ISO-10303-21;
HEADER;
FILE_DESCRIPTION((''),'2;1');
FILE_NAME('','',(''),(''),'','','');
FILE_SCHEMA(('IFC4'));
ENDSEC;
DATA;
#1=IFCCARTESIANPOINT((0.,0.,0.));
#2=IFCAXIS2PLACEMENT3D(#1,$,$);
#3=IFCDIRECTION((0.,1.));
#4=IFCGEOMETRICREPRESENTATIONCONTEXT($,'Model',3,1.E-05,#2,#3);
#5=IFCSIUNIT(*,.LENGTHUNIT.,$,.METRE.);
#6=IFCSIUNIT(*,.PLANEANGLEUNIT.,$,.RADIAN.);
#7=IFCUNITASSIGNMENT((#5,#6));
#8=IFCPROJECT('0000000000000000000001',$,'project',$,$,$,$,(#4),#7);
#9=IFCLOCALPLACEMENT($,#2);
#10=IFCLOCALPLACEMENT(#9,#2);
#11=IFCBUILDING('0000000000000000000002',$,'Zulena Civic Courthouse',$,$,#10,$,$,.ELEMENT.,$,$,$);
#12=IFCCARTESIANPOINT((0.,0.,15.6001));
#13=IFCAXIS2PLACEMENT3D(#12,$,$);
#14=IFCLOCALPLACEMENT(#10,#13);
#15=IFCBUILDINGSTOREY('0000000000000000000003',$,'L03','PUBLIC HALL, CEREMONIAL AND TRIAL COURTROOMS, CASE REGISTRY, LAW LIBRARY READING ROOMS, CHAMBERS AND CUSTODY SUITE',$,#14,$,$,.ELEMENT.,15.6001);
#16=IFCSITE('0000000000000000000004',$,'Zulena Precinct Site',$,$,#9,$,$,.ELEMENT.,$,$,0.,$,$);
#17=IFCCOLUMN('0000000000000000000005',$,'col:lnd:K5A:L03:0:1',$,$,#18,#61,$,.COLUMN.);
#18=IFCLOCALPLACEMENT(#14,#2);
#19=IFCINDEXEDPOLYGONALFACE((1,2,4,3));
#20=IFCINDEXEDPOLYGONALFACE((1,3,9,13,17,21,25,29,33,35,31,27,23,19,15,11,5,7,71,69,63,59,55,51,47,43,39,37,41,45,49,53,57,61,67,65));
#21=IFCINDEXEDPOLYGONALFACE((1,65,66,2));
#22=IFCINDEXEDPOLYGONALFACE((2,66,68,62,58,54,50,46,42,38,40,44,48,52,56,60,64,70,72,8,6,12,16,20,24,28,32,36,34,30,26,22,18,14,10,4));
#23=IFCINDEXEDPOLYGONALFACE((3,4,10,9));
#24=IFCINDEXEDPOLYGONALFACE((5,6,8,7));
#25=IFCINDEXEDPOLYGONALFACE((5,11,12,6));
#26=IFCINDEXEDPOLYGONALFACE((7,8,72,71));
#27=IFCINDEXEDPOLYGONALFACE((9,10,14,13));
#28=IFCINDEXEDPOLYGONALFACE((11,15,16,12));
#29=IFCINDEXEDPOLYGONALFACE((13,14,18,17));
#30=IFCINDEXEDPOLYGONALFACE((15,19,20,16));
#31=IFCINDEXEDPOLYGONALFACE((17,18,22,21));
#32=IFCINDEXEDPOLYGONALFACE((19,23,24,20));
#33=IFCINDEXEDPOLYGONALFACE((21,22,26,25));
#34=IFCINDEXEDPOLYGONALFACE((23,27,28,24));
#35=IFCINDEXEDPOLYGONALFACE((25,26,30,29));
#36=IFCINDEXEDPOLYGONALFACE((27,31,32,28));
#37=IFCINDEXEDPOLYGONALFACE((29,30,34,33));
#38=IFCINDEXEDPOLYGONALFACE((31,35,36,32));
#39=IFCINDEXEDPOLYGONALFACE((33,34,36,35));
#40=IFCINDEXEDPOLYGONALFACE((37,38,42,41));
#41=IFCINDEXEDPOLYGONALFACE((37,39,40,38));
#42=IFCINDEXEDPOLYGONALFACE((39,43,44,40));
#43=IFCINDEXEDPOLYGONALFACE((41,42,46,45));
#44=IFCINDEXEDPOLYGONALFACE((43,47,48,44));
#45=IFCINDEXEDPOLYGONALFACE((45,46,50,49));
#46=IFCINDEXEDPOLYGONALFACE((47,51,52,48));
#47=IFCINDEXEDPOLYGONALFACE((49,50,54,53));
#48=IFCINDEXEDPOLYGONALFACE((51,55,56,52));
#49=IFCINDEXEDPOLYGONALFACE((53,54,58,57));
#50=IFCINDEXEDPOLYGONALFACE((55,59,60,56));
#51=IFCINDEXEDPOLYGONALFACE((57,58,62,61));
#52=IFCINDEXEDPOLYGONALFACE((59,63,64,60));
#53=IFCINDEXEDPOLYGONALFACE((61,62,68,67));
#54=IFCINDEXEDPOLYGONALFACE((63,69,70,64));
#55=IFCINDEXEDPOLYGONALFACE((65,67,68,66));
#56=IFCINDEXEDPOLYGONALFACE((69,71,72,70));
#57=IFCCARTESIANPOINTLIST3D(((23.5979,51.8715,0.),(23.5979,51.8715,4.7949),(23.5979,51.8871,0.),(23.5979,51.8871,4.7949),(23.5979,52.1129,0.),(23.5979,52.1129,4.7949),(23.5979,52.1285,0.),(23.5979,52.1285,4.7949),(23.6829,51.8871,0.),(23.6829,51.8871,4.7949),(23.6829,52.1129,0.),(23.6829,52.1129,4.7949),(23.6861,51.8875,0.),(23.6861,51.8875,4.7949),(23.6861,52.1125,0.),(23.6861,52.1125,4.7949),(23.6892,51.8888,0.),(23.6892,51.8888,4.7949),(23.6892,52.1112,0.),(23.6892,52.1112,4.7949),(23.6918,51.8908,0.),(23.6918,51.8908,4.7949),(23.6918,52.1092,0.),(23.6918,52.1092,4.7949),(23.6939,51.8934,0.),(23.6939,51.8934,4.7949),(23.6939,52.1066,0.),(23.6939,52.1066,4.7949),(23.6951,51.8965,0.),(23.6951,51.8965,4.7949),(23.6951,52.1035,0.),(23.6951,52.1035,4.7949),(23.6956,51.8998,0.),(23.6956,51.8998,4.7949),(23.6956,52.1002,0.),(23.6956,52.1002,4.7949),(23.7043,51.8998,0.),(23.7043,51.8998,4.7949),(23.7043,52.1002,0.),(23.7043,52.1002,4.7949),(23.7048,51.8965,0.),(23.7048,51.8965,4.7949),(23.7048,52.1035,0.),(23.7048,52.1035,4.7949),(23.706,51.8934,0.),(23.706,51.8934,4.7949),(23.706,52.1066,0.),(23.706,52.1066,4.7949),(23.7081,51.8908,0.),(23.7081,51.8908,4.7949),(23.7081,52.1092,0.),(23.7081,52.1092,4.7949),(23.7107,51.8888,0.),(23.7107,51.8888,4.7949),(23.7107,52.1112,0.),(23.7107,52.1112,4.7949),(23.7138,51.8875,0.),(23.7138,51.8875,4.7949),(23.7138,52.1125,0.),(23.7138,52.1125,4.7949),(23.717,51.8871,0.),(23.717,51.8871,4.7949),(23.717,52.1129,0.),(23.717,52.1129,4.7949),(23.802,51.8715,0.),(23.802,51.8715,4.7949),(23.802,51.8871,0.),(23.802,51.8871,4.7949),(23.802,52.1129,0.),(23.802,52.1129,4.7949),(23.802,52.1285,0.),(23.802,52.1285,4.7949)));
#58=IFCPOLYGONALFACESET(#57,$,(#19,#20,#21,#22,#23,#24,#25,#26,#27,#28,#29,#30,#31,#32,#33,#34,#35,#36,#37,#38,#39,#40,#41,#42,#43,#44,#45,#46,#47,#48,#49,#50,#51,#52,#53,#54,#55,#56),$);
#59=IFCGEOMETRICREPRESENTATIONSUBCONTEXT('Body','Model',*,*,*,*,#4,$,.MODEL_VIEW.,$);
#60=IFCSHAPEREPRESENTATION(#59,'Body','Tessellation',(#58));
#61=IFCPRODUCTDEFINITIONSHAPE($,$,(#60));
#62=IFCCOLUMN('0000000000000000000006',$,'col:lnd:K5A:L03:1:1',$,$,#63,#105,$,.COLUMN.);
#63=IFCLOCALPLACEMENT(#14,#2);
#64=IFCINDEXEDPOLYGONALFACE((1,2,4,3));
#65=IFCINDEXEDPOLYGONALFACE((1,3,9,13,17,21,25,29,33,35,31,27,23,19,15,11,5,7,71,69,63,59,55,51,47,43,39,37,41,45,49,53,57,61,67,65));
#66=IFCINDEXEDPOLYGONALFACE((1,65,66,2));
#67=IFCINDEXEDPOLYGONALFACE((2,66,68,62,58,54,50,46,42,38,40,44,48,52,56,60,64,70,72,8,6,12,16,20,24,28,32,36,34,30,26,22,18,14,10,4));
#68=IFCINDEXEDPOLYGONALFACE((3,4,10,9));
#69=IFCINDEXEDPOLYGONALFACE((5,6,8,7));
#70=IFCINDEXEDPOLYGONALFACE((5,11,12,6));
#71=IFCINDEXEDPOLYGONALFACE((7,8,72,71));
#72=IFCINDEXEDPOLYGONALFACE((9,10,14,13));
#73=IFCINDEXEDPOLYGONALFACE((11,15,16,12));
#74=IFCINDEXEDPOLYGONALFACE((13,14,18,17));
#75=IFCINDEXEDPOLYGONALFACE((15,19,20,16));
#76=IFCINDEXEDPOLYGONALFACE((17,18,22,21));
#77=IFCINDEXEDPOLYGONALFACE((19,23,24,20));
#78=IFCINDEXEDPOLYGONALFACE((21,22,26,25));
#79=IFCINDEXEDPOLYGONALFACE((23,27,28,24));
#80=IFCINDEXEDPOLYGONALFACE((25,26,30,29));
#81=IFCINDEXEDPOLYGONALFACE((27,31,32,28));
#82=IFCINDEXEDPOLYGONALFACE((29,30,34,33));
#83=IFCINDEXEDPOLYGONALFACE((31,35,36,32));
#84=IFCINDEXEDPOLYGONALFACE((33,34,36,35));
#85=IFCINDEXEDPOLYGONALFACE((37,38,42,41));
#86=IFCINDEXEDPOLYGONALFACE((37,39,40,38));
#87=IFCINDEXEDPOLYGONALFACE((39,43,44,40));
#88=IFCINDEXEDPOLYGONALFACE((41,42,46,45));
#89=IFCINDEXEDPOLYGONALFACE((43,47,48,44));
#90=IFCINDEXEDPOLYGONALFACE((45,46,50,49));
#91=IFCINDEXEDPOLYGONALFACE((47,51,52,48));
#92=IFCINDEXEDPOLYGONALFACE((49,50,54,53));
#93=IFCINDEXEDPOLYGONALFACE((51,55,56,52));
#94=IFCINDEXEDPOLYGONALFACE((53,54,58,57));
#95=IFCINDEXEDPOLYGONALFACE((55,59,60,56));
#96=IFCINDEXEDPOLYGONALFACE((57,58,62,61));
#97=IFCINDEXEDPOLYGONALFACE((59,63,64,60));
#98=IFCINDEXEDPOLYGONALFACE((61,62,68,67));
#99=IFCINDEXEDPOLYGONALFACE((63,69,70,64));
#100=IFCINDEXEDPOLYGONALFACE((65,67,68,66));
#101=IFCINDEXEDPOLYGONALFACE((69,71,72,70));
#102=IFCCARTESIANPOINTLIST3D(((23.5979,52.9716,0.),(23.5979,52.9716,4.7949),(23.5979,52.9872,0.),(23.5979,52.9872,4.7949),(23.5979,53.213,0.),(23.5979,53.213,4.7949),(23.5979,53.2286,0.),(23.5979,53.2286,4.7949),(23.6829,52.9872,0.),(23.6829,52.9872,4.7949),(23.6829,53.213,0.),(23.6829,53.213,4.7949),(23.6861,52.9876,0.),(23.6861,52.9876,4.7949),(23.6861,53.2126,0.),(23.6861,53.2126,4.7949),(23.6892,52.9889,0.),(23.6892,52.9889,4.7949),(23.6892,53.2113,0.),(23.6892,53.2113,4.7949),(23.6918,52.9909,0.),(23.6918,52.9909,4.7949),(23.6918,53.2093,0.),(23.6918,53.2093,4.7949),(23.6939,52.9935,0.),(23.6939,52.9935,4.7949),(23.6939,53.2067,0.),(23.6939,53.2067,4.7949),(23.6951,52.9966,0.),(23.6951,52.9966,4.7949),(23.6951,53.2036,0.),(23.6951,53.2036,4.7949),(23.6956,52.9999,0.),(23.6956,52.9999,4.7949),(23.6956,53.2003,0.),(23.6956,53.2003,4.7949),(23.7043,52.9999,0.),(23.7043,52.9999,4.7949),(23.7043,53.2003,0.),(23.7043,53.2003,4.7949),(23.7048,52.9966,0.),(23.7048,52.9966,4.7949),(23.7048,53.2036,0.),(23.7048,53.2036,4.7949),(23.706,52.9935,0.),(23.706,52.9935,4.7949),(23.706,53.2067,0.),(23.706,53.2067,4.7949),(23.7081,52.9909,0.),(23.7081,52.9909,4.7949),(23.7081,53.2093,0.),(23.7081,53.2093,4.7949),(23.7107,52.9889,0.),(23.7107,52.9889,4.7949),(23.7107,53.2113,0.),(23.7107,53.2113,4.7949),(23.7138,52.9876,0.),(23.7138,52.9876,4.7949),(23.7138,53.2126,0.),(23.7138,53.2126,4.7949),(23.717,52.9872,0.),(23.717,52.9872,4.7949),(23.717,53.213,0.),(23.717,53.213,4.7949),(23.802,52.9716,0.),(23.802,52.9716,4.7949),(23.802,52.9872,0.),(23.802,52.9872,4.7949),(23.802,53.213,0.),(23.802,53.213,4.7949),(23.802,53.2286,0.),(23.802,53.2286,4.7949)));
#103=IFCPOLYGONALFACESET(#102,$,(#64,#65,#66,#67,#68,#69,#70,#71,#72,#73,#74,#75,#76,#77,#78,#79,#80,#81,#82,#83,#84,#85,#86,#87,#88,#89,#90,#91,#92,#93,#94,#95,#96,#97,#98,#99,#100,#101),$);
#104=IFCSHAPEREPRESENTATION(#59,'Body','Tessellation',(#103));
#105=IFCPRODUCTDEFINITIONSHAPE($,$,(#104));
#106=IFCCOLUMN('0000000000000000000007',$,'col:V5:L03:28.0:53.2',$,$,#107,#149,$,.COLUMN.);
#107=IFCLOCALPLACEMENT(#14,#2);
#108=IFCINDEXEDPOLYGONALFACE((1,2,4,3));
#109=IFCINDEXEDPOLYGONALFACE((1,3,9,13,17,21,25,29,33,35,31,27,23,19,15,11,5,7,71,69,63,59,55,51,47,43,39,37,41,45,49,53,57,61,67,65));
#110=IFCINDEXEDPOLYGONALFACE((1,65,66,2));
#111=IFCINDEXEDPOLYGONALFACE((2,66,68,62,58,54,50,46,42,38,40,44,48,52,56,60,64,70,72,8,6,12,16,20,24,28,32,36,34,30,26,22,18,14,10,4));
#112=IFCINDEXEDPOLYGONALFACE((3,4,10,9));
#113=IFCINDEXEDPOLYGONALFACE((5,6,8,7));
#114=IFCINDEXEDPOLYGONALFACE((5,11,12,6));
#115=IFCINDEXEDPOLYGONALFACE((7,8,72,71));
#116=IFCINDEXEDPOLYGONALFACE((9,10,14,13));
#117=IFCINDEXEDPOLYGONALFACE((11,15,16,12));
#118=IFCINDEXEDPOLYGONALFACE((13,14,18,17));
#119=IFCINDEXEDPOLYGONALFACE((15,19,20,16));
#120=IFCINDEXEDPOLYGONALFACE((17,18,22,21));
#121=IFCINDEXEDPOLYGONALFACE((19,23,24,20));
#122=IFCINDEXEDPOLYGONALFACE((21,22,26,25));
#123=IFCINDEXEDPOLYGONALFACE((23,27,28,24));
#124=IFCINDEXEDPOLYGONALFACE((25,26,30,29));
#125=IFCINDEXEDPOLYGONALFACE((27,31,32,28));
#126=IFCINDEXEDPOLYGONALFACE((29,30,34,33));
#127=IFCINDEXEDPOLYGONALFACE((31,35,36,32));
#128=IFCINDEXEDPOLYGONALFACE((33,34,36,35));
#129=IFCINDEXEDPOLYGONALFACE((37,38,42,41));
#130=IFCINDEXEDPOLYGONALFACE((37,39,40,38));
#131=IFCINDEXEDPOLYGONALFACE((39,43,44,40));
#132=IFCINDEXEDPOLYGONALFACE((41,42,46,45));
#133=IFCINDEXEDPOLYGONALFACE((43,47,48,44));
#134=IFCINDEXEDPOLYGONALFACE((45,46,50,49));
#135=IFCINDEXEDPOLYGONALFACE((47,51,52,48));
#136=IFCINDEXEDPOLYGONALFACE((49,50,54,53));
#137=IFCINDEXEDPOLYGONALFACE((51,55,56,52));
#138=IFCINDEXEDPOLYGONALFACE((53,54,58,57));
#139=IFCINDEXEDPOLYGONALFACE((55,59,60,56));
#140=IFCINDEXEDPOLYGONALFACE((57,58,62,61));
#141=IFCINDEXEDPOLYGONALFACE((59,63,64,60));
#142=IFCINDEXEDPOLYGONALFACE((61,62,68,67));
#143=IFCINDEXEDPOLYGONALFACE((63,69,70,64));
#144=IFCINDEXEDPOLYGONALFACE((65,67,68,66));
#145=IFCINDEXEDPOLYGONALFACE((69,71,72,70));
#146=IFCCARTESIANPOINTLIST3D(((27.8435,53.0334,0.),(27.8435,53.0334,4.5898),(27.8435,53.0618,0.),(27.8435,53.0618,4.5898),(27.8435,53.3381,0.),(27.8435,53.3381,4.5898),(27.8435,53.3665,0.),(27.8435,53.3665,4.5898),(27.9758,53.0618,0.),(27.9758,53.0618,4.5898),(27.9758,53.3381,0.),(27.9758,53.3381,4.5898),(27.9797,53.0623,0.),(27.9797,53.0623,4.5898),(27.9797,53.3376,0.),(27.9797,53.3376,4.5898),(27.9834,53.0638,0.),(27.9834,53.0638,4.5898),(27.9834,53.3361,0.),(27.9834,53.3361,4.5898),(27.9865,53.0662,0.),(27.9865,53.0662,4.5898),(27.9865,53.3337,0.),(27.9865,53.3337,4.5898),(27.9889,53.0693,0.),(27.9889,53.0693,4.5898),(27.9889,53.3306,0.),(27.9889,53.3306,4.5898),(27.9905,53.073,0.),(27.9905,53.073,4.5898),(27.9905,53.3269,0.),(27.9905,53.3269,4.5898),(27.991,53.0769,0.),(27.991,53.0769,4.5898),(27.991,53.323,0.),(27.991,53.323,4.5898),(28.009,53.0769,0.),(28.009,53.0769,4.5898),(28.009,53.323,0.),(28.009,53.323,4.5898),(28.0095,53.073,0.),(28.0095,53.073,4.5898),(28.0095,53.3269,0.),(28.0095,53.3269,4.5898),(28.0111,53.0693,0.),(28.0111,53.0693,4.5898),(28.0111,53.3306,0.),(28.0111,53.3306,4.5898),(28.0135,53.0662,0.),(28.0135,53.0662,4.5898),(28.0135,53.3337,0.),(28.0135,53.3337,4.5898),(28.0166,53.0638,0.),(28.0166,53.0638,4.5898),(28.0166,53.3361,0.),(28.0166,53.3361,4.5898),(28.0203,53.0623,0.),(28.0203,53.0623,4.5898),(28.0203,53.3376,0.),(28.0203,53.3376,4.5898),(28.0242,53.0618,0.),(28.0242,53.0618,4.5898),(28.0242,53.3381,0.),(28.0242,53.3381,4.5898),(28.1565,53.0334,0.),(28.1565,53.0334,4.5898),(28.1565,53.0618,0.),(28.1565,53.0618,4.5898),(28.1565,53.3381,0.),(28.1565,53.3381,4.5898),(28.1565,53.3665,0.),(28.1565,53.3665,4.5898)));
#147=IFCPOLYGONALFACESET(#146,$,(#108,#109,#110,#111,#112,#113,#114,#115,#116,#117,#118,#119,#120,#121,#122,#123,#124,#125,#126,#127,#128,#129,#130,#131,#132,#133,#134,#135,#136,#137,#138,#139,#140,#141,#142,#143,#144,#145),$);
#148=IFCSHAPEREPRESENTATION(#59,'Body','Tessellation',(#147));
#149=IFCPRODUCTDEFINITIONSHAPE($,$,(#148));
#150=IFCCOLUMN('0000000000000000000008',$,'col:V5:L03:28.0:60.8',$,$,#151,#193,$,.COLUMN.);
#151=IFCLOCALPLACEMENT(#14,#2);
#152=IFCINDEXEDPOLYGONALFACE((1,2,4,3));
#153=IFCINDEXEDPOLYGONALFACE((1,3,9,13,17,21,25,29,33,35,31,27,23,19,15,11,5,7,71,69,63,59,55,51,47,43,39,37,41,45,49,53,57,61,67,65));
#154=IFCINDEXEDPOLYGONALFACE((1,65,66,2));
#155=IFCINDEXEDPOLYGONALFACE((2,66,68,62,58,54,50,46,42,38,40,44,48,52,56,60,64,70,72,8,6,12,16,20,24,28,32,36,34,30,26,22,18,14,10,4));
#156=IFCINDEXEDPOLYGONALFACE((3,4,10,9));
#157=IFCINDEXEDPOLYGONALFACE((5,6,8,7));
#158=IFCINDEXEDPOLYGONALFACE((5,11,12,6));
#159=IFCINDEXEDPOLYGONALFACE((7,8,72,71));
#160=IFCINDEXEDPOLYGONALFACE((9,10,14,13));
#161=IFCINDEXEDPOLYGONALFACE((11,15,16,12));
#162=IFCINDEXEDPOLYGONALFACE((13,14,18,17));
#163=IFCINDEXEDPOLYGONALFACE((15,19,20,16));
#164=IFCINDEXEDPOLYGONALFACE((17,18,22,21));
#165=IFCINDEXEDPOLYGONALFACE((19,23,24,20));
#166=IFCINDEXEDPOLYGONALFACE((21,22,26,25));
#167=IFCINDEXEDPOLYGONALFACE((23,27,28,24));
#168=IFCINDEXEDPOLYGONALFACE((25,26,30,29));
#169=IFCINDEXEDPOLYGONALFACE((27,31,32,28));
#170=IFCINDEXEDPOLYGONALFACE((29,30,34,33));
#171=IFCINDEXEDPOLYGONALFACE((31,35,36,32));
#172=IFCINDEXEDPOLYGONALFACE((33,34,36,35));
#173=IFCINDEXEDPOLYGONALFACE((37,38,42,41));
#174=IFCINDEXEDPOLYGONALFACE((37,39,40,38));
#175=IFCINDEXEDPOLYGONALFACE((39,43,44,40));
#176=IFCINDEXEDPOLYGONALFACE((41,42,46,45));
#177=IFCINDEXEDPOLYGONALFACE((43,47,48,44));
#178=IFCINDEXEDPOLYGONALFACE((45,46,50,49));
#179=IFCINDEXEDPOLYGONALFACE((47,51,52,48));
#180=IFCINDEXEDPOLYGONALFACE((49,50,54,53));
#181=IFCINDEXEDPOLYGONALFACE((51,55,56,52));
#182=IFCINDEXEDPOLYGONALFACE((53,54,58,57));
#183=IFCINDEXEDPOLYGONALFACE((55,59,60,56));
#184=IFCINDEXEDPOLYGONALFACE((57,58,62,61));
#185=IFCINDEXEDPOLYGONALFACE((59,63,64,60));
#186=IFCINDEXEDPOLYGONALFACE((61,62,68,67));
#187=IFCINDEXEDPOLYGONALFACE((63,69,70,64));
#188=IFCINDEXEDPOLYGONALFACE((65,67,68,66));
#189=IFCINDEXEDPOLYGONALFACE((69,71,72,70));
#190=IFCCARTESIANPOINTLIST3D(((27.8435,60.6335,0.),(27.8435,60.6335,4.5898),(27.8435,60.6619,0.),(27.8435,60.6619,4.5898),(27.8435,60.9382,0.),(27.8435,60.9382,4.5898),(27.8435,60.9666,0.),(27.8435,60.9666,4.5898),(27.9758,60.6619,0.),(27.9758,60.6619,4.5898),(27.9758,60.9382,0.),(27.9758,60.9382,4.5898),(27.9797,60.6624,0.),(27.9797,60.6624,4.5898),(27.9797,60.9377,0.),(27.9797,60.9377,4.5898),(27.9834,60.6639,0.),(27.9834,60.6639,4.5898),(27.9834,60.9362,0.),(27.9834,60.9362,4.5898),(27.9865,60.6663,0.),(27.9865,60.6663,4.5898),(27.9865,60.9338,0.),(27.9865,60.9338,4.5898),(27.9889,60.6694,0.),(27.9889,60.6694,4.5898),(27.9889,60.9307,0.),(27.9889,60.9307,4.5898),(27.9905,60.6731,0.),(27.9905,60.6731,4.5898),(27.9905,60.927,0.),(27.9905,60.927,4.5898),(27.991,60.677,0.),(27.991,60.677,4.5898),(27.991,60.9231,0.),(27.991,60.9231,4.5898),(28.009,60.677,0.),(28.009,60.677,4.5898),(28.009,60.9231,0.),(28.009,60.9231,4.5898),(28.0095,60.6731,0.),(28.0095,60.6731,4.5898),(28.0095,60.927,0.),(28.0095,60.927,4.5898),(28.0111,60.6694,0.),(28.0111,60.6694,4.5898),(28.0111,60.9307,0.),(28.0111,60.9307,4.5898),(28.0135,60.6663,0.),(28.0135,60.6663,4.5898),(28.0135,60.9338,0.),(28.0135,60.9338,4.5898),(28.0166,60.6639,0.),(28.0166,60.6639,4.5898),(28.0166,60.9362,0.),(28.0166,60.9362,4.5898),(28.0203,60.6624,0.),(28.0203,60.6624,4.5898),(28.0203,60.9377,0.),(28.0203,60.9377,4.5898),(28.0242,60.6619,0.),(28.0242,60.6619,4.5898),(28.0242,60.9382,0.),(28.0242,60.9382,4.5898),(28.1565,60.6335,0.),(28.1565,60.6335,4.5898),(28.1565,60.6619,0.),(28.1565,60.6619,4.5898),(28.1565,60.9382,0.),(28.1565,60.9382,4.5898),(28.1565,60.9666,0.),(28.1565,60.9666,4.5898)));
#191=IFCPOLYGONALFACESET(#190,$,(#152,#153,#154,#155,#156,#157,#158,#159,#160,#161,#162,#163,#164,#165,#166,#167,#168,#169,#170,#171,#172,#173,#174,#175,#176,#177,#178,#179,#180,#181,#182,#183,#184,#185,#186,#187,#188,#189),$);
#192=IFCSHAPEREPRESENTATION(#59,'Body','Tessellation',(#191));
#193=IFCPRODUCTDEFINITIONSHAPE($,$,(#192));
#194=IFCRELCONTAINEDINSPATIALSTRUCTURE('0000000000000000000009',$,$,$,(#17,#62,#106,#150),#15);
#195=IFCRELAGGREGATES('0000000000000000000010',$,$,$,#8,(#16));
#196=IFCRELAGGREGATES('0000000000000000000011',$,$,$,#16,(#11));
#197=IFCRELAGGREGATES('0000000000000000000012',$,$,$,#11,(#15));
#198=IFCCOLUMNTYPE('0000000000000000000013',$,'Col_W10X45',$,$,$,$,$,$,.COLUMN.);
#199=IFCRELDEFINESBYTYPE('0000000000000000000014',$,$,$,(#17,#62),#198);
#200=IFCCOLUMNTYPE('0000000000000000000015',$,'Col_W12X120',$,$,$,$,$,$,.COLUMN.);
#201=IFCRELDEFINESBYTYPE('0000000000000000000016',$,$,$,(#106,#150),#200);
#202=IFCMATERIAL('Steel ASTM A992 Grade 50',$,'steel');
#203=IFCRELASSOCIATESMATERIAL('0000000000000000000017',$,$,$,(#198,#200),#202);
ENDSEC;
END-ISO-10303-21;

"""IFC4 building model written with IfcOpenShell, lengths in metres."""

from ifc_helpers import new_model, si_unit, direction, frame, origin, origin_2d, place, context, subcontext, project, spatial, i_section, extrude, material, material_profile, profile_set, type_object, element, save


model = new_model("IFC4")

# Units and contexts
model_context = context("Model", 3, precision=1e-05, world=origin(), true_north=direction((0.0, 1.0)))
body_context = subcontext(model_context, "Body", "Model", "MODEL_VIEW")
ifc_project = project(units=[si_unit("LENGTHUNIT", "METRE"), si_unit("PLANEANGLEUNIT", "RADIAN")], contexts=[model_context])

# Site, building, storey
site_placement = place(None, origin())
site = spatial("IfcSite", under=ifc_project, at=site_placement, Name="Zulena Precinct Site", CompositionType="ELEMENT", RefElevation=0.0)
building_placement = place(site_placement, origin())
building = spatial("IfcBuilding", under=site, at=building_placement, Name="Zulena Civic Courthouse", CompositionType="ELEMENT")
storey_placement = place(building_placement, frame((0.0, 0.0, 15.6001)))
storey = spatial("IfcBuildingStorey", under=building, at=storey_placement, Name="L03", Description="PUBLIC HALL, CEREMONIAL AND TRIAL COURTROOMS, CASE REGISTRY, LAW LIBRARY READING ROOMS, CHAMBERS AND CUSTODY SUITE", CompositionType="ELEMENT", Elevation=15.6001)

# Columns
ifc_material_1 = material(Name="Steel ASTM A992 Grade 50", Category="steel")
ifc_material_profile_1 = material_profile(ifc_material_1, i_section(OverallWidth=0.2041, OverallDepth=0.2571, WebThickness=0.0088, FlangeThickness=0.0156, FilletRadius=0.0127, at=origin_2d()), Name="W10X45")
ifc_profile_set_1 = profile_set([ifc_material_profile_1], Name="Steel ASTM A992 Grade 50")
column_type_1 = type_object("IfcColumnType", Name="Col_W10X45", PredefinedType="COLUMN", material=ifc_profile_set_1)
for number, where, z_axis, x_axis, name in (
    (1, (23.7, 52.0, 0.0), (0.0, 0.0, 1.0), (1.0, 0.0, 0.0), "col:lnd:K5A:L03:0:1"),
    (2, (23.7, 53.1001, 0.0), (0.0, 0.0, 1.0), (1.0, 0.0, 0.0), "col:lnd:K5A:L03:1:1"),
):
    element("IfcColumn", number, at=place(storey_placement, frame(where, z_axis=z_axis, x_axis=x_axis)), inside=storey, type_object=column_type_1, Name=name, PredefinedType="COLUMN", context=body_context, shape_type="SweptSolid", body=[
        extrude(i_section(OverallWidth=0.2041, OverallDepth=0.2571, WebThickness=0.0088, FlangeThickness=0.0156, FilletRadius=0.0127, at=origin_2d()), origin(), (0.0, 0.0, 1.0), 4.7949),
    ])
ifc_material_profile_2 = material_profile(ifc_material_1, i_section(OverallWidth=0.313, OverallDepth=0.333, WebThickness=0.0181, FlangeThickness=0.0283, FilletRadius=0.0151, at=origin_2d()), Name="W12X120")
ifc_profile_set_2 = profile_set([ifc_material_profile_2], Name="Steel ASTM A992 Grade 50")
column_type_2 = type_object("IfcColumnType", Name="Col_W12X120", PredefinedType="COLUMN", material=ifc_profile_set_2)
for number, where, z_axis, x_axis, name in (
    (3, (28.0, 53.2, 0.0), (0.0, 0.0, 1.0), (1.0, 0.0, 0.0), "col:V5:L03:28.0:53.2"),
    (4, (28.0, 60.8, 0.0), (0.0, 0.0, 1.0), (1.0, 0.0, 0.0), "col:V5:L03:28.0:60.8"),
):
    element("IfcColumn", number, at=place(storey_placement, frame(where, z_axis=z_axis, x_axis=x_axis)), inside=storey, type_object=column_type_2, Name=name, PredefinedType="COLUMN", context=body_context, shape_type="SweptSolid", body=[
        extrude(i_section(OverallWidth=0.313, OverallDepth=0.333, WebThickness=0.0181, FlangeThickness=0.0283, FilletRadius=0.0151, at=origin_2d()), origin(), (0.0, 0.0, 1.0), 4.5898),
    ])

save(model, "model.ifc")
